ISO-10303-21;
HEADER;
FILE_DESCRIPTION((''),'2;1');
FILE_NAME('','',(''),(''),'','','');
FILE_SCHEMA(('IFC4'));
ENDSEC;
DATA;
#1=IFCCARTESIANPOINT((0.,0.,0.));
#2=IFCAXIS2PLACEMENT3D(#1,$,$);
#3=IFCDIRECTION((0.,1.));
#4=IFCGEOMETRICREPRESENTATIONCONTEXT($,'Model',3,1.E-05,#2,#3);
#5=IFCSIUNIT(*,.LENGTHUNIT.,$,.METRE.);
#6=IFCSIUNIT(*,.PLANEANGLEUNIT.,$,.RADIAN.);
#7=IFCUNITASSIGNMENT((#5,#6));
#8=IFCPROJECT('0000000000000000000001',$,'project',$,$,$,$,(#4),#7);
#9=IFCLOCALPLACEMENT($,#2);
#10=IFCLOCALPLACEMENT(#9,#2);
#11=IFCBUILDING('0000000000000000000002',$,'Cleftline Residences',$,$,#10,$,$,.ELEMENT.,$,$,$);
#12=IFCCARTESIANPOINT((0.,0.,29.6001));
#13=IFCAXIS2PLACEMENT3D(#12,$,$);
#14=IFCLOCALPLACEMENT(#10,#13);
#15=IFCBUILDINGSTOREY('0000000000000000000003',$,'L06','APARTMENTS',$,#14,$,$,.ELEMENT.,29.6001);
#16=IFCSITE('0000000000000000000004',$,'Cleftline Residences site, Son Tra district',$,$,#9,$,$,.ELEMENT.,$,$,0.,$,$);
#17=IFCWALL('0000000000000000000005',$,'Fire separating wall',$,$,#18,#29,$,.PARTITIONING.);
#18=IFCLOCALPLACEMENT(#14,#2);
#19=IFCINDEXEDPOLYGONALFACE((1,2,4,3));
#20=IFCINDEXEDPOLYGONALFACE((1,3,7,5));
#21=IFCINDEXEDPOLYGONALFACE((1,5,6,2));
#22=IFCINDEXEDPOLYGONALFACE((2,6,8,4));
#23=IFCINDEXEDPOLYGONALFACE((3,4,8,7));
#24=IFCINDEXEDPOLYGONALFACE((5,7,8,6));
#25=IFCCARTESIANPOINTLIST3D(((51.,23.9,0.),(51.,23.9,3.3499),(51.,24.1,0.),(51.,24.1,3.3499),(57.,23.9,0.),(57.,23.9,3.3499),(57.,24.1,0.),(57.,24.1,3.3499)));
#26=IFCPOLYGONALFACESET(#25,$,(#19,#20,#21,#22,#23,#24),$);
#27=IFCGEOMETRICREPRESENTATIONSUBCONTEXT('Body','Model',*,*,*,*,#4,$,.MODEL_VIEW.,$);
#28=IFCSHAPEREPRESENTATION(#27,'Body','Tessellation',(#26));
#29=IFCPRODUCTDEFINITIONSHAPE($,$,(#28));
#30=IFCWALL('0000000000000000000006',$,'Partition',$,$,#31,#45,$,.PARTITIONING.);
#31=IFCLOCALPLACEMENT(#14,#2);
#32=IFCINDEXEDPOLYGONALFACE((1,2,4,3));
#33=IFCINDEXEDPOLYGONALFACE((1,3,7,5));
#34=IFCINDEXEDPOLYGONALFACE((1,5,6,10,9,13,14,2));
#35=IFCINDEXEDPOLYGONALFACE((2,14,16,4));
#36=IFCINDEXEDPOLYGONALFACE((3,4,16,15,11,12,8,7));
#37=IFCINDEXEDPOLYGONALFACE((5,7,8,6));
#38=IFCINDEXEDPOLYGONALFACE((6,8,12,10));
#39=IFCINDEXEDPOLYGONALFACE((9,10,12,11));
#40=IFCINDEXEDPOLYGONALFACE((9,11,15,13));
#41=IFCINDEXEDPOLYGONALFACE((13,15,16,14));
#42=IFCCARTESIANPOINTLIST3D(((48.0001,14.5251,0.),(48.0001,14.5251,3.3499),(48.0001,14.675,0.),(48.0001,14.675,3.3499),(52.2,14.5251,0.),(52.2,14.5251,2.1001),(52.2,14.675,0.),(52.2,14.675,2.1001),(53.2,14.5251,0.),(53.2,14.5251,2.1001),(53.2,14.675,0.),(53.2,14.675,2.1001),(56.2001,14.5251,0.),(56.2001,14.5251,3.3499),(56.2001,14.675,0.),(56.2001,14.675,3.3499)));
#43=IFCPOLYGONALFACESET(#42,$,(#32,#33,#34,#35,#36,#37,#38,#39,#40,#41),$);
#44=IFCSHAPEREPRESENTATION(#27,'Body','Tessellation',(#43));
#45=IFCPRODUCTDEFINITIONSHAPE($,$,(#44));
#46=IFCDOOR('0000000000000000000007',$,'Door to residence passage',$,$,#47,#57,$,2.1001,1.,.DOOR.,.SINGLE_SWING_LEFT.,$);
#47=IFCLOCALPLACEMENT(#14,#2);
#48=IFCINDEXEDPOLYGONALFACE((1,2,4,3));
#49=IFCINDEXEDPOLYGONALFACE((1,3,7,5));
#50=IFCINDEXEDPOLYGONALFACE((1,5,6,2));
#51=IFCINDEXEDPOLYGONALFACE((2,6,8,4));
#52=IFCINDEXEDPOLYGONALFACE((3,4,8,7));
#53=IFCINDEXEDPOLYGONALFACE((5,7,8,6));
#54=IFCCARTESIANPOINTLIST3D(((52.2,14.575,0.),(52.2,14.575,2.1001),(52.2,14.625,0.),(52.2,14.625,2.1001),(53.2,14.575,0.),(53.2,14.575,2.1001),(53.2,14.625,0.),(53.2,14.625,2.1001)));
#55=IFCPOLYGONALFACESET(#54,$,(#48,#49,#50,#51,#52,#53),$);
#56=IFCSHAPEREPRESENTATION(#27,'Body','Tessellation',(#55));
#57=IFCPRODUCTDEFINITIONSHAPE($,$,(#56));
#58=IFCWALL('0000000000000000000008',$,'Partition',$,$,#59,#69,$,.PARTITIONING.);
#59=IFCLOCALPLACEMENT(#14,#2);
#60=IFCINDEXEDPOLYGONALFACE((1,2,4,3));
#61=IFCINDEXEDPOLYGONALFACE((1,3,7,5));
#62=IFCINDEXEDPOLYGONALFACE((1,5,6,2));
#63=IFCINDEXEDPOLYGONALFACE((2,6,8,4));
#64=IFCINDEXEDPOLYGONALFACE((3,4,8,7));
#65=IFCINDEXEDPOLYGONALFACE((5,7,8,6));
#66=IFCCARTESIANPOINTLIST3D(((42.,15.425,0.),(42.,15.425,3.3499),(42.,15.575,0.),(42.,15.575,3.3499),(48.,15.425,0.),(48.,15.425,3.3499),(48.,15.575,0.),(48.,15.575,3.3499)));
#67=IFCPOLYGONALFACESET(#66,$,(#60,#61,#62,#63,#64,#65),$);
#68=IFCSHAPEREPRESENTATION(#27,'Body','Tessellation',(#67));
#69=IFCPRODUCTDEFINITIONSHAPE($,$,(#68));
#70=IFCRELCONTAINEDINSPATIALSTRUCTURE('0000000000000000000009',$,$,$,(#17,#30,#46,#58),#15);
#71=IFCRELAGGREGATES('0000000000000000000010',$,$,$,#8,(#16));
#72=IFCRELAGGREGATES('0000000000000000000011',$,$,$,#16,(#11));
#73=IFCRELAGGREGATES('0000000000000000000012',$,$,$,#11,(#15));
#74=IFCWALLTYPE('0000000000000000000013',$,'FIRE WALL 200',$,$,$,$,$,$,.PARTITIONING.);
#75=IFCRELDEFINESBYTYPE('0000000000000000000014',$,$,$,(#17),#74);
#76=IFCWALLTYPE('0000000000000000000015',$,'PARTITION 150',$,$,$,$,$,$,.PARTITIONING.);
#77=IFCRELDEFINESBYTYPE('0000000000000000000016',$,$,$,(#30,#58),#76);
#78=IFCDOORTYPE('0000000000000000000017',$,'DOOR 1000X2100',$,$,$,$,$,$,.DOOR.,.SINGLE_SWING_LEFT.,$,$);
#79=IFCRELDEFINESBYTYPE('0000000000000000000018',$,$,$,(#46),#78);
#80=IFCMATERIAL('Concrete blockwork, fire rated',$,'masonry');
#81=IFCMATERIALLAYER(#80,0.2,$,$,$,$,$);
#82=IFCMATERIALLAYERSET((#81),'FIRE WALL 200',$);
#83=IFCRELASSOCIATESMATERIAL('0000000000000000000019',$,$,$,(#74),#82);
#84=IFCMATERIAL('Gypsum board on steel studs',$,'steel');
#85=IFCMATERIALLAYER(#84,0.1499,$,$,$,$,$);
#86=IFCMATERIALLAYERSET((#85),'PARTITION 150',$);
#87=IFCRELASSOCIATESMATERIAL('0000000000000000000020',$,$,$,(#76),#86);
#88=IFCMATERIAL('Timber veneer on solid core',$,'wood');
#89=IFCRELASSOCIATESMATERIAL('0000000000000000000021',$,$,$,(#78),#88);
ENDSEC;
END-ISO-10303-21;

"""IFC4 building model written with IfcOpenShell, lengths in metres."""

from ifc_helpers import new_model, si_unit, direction, frame, frame_2d, origin, place, context, subcontext, project, spatial, rectangle, extrude, material, layer, layer_set, type_object, element, fill, save


model = new_model("IFC4")

# Units and contexts
model_context = context("Model", 3, precision=1e-05, world=origin(), true_north=direction((0.0, 1.0)))
body_context = subcontext(model_context, "Body", "Model", "MODEL_VIEW")
ifc_project = project(units=[si_unit("LENGTHUNIT", "METRE"), si_unit("PLANEANGLEUNIT", "RADIAN")], contexts=[model_context])

# Site, building, storey
site_placement = place(None, origin())
site = spatial("IfcSite", under=ifc_project, at=site_placement, Name="Cleftline Residences site, Son Tra district", CompositionType="ELEMENT", RefElevation=0.0)
building_placement = place(site_placement, origin())
building = spatial("IfcBuilding", under=site, at=building_placement, Name="Cleftline Residences", CompositionType="ELEMENT")
storey_placement = place(building_placement, frame((0.0, 0.0, 29.6001)))
storey = spatial("IfcBuildingStorey", under=building, at=storey_placement, Name="L06", Description="APARTMENTS", CompositionType="ELEMENT", Elevation=29.6001)

# Shared definitions
ifc_material_1 = material(Name="Concrete blockwork, fire rated", Category="masonry")
ifc_layer_1 = layer(ifc_material_1, 0.2)
ifc_layer_set_1 = layer_set([ifc_layer_1], Name="FIRE WALL 200")
wall_type_1 = type_object("IfcWallType", Name="FIRE WALL 200", PredefinedType="PARTITIONING", material=ifc_layer_set_1)

# Wall
wall_1_placement = place(storey_placement, frame((51.0, 24.0, 0.0), z_axis=(0.0, 0.0, 1.0), x_axis=(1.0, 0.0, 0.0)))
element("IfcWall", 1, at=wall_1_placement, inside=storey, type_object=wall_type_1, Name="Fire separating wall", PredefinedType="PARTITIONING", context=body_context, shape_type="SweptSolid", body=[
    extrude(rectangle(XDim=6.0, YDim=0.2, at=frame_2d((3.0, 0.0))), origin(), (0.0, 0.0, 1.0), 3.3499),
])

# Wall, opening, door
ifc_material_2 = material(Name="Gypsum board on steel studs", Category="steel")
ifc_layer_2 = layer(ifc_material_2, 0.1499)
ifc_layer_set_2 = layer_set([ifc_layer_2], Name="PARTITION 150")
wall_type_2 = type_object("IfcWallType", Name="PARTITION 150", PredefinedType="PARTITIONING", material=ifc_layer_set_2)
wall_2_placement = place(storey_placement, frame((48.0, 14.6001, 0.0), z_axis=(0.0, 0.0, 1.0), x_axis=(1.0, 0.0, 0.0)))
wall_2 = element("IfcWall", 2, at=wall_2_placement, inside=storey, type_object=wall_type_2, Name="Partition", PredefinedType="PARTITIONING", context=body_context, shape_type="SweptSolid", body=[
    extrude(rectangle(XDim=8.2, YDim=0.1499, at=frame_2d((4.1001, 0.0))), origin(), (0.0, 0.0, 1.0), 3.3499),
])
opening_1_placement = place(wall_2_placement, frame((4.2, 0.0, 0.0)))
opening_1 = element("IfcOpeningElement", 3, at=opening_1_placement, cuts=wall_2, PredefinedType="OPENING", context=body_context, shape_type="SweptSolid", body=[
    extrude(rectangle(XDim=1.0, YDim=2.1001, at=frame_2d((0.5, 1.05))), frame((0.0, 0.085, 0.0), z_axis=(0.0, -1.0, 0.0), x_axis=(1.0, 0.0, 0.0)), (0.0, 0.0, 1.0), 0.1699),
])
ifc_material_3 = material(Name="Timber veneer on solid core", Category="wood")
door_type_1 = type_object("IfcDoorType", Name="DOOR 1000X2100", OperationType="SINGLE_SWING_LEFT", PredefinedType="DOOR", material=ifc_material_3)
door_1_placement = place(opening_1_placement, origin())
door_1 = element("IfcDoor", 4, at=door_1_placement, inside=storey, type_object=door_type_1, Name="Door to residence passage", OperationType="SINGLE_SWING_LEFT", OverallHeight=2.1001, OverallWidth=1.0, PredefinedType="DOOR", context=body_context, shape_type="SweptSolid", body=[
    extrude(rectangle(XDim=1.0, YDim=2.1001, at=frame_2d((0.5, 1.05))), frame((0.0, 0.0249, 0.0), z_axis=(0.0, -1.0, 0.0), x_axis=(1.0, 0.0, 0.0)), (0.0, 0.0, 1.0), 0.05),
])
fill(opening_1, door_1)

# Wall
wall_3_placement = place(storey_placement, frame((42.0, 15.5, 0.0), z_axis=(0.0, 0.0, 1.0), x_axis=(1.0, 0.0, 0.0)))
element("IfcWall", 5, at=wall_3_placement, inside=storey, type_object=wall_type_2, Name="Partition", PredefinedType="PARTITIONING", context=body_context, shape_type="SweptSolid", body=[
    extrude(rectangle(XDim=6.0, YDim=0.1499, at=frame_2d((3.0, 0.0))), origin(), (0.0, 0.0, 1.0), 3.3499),
])

save(model, "model.ifc")
